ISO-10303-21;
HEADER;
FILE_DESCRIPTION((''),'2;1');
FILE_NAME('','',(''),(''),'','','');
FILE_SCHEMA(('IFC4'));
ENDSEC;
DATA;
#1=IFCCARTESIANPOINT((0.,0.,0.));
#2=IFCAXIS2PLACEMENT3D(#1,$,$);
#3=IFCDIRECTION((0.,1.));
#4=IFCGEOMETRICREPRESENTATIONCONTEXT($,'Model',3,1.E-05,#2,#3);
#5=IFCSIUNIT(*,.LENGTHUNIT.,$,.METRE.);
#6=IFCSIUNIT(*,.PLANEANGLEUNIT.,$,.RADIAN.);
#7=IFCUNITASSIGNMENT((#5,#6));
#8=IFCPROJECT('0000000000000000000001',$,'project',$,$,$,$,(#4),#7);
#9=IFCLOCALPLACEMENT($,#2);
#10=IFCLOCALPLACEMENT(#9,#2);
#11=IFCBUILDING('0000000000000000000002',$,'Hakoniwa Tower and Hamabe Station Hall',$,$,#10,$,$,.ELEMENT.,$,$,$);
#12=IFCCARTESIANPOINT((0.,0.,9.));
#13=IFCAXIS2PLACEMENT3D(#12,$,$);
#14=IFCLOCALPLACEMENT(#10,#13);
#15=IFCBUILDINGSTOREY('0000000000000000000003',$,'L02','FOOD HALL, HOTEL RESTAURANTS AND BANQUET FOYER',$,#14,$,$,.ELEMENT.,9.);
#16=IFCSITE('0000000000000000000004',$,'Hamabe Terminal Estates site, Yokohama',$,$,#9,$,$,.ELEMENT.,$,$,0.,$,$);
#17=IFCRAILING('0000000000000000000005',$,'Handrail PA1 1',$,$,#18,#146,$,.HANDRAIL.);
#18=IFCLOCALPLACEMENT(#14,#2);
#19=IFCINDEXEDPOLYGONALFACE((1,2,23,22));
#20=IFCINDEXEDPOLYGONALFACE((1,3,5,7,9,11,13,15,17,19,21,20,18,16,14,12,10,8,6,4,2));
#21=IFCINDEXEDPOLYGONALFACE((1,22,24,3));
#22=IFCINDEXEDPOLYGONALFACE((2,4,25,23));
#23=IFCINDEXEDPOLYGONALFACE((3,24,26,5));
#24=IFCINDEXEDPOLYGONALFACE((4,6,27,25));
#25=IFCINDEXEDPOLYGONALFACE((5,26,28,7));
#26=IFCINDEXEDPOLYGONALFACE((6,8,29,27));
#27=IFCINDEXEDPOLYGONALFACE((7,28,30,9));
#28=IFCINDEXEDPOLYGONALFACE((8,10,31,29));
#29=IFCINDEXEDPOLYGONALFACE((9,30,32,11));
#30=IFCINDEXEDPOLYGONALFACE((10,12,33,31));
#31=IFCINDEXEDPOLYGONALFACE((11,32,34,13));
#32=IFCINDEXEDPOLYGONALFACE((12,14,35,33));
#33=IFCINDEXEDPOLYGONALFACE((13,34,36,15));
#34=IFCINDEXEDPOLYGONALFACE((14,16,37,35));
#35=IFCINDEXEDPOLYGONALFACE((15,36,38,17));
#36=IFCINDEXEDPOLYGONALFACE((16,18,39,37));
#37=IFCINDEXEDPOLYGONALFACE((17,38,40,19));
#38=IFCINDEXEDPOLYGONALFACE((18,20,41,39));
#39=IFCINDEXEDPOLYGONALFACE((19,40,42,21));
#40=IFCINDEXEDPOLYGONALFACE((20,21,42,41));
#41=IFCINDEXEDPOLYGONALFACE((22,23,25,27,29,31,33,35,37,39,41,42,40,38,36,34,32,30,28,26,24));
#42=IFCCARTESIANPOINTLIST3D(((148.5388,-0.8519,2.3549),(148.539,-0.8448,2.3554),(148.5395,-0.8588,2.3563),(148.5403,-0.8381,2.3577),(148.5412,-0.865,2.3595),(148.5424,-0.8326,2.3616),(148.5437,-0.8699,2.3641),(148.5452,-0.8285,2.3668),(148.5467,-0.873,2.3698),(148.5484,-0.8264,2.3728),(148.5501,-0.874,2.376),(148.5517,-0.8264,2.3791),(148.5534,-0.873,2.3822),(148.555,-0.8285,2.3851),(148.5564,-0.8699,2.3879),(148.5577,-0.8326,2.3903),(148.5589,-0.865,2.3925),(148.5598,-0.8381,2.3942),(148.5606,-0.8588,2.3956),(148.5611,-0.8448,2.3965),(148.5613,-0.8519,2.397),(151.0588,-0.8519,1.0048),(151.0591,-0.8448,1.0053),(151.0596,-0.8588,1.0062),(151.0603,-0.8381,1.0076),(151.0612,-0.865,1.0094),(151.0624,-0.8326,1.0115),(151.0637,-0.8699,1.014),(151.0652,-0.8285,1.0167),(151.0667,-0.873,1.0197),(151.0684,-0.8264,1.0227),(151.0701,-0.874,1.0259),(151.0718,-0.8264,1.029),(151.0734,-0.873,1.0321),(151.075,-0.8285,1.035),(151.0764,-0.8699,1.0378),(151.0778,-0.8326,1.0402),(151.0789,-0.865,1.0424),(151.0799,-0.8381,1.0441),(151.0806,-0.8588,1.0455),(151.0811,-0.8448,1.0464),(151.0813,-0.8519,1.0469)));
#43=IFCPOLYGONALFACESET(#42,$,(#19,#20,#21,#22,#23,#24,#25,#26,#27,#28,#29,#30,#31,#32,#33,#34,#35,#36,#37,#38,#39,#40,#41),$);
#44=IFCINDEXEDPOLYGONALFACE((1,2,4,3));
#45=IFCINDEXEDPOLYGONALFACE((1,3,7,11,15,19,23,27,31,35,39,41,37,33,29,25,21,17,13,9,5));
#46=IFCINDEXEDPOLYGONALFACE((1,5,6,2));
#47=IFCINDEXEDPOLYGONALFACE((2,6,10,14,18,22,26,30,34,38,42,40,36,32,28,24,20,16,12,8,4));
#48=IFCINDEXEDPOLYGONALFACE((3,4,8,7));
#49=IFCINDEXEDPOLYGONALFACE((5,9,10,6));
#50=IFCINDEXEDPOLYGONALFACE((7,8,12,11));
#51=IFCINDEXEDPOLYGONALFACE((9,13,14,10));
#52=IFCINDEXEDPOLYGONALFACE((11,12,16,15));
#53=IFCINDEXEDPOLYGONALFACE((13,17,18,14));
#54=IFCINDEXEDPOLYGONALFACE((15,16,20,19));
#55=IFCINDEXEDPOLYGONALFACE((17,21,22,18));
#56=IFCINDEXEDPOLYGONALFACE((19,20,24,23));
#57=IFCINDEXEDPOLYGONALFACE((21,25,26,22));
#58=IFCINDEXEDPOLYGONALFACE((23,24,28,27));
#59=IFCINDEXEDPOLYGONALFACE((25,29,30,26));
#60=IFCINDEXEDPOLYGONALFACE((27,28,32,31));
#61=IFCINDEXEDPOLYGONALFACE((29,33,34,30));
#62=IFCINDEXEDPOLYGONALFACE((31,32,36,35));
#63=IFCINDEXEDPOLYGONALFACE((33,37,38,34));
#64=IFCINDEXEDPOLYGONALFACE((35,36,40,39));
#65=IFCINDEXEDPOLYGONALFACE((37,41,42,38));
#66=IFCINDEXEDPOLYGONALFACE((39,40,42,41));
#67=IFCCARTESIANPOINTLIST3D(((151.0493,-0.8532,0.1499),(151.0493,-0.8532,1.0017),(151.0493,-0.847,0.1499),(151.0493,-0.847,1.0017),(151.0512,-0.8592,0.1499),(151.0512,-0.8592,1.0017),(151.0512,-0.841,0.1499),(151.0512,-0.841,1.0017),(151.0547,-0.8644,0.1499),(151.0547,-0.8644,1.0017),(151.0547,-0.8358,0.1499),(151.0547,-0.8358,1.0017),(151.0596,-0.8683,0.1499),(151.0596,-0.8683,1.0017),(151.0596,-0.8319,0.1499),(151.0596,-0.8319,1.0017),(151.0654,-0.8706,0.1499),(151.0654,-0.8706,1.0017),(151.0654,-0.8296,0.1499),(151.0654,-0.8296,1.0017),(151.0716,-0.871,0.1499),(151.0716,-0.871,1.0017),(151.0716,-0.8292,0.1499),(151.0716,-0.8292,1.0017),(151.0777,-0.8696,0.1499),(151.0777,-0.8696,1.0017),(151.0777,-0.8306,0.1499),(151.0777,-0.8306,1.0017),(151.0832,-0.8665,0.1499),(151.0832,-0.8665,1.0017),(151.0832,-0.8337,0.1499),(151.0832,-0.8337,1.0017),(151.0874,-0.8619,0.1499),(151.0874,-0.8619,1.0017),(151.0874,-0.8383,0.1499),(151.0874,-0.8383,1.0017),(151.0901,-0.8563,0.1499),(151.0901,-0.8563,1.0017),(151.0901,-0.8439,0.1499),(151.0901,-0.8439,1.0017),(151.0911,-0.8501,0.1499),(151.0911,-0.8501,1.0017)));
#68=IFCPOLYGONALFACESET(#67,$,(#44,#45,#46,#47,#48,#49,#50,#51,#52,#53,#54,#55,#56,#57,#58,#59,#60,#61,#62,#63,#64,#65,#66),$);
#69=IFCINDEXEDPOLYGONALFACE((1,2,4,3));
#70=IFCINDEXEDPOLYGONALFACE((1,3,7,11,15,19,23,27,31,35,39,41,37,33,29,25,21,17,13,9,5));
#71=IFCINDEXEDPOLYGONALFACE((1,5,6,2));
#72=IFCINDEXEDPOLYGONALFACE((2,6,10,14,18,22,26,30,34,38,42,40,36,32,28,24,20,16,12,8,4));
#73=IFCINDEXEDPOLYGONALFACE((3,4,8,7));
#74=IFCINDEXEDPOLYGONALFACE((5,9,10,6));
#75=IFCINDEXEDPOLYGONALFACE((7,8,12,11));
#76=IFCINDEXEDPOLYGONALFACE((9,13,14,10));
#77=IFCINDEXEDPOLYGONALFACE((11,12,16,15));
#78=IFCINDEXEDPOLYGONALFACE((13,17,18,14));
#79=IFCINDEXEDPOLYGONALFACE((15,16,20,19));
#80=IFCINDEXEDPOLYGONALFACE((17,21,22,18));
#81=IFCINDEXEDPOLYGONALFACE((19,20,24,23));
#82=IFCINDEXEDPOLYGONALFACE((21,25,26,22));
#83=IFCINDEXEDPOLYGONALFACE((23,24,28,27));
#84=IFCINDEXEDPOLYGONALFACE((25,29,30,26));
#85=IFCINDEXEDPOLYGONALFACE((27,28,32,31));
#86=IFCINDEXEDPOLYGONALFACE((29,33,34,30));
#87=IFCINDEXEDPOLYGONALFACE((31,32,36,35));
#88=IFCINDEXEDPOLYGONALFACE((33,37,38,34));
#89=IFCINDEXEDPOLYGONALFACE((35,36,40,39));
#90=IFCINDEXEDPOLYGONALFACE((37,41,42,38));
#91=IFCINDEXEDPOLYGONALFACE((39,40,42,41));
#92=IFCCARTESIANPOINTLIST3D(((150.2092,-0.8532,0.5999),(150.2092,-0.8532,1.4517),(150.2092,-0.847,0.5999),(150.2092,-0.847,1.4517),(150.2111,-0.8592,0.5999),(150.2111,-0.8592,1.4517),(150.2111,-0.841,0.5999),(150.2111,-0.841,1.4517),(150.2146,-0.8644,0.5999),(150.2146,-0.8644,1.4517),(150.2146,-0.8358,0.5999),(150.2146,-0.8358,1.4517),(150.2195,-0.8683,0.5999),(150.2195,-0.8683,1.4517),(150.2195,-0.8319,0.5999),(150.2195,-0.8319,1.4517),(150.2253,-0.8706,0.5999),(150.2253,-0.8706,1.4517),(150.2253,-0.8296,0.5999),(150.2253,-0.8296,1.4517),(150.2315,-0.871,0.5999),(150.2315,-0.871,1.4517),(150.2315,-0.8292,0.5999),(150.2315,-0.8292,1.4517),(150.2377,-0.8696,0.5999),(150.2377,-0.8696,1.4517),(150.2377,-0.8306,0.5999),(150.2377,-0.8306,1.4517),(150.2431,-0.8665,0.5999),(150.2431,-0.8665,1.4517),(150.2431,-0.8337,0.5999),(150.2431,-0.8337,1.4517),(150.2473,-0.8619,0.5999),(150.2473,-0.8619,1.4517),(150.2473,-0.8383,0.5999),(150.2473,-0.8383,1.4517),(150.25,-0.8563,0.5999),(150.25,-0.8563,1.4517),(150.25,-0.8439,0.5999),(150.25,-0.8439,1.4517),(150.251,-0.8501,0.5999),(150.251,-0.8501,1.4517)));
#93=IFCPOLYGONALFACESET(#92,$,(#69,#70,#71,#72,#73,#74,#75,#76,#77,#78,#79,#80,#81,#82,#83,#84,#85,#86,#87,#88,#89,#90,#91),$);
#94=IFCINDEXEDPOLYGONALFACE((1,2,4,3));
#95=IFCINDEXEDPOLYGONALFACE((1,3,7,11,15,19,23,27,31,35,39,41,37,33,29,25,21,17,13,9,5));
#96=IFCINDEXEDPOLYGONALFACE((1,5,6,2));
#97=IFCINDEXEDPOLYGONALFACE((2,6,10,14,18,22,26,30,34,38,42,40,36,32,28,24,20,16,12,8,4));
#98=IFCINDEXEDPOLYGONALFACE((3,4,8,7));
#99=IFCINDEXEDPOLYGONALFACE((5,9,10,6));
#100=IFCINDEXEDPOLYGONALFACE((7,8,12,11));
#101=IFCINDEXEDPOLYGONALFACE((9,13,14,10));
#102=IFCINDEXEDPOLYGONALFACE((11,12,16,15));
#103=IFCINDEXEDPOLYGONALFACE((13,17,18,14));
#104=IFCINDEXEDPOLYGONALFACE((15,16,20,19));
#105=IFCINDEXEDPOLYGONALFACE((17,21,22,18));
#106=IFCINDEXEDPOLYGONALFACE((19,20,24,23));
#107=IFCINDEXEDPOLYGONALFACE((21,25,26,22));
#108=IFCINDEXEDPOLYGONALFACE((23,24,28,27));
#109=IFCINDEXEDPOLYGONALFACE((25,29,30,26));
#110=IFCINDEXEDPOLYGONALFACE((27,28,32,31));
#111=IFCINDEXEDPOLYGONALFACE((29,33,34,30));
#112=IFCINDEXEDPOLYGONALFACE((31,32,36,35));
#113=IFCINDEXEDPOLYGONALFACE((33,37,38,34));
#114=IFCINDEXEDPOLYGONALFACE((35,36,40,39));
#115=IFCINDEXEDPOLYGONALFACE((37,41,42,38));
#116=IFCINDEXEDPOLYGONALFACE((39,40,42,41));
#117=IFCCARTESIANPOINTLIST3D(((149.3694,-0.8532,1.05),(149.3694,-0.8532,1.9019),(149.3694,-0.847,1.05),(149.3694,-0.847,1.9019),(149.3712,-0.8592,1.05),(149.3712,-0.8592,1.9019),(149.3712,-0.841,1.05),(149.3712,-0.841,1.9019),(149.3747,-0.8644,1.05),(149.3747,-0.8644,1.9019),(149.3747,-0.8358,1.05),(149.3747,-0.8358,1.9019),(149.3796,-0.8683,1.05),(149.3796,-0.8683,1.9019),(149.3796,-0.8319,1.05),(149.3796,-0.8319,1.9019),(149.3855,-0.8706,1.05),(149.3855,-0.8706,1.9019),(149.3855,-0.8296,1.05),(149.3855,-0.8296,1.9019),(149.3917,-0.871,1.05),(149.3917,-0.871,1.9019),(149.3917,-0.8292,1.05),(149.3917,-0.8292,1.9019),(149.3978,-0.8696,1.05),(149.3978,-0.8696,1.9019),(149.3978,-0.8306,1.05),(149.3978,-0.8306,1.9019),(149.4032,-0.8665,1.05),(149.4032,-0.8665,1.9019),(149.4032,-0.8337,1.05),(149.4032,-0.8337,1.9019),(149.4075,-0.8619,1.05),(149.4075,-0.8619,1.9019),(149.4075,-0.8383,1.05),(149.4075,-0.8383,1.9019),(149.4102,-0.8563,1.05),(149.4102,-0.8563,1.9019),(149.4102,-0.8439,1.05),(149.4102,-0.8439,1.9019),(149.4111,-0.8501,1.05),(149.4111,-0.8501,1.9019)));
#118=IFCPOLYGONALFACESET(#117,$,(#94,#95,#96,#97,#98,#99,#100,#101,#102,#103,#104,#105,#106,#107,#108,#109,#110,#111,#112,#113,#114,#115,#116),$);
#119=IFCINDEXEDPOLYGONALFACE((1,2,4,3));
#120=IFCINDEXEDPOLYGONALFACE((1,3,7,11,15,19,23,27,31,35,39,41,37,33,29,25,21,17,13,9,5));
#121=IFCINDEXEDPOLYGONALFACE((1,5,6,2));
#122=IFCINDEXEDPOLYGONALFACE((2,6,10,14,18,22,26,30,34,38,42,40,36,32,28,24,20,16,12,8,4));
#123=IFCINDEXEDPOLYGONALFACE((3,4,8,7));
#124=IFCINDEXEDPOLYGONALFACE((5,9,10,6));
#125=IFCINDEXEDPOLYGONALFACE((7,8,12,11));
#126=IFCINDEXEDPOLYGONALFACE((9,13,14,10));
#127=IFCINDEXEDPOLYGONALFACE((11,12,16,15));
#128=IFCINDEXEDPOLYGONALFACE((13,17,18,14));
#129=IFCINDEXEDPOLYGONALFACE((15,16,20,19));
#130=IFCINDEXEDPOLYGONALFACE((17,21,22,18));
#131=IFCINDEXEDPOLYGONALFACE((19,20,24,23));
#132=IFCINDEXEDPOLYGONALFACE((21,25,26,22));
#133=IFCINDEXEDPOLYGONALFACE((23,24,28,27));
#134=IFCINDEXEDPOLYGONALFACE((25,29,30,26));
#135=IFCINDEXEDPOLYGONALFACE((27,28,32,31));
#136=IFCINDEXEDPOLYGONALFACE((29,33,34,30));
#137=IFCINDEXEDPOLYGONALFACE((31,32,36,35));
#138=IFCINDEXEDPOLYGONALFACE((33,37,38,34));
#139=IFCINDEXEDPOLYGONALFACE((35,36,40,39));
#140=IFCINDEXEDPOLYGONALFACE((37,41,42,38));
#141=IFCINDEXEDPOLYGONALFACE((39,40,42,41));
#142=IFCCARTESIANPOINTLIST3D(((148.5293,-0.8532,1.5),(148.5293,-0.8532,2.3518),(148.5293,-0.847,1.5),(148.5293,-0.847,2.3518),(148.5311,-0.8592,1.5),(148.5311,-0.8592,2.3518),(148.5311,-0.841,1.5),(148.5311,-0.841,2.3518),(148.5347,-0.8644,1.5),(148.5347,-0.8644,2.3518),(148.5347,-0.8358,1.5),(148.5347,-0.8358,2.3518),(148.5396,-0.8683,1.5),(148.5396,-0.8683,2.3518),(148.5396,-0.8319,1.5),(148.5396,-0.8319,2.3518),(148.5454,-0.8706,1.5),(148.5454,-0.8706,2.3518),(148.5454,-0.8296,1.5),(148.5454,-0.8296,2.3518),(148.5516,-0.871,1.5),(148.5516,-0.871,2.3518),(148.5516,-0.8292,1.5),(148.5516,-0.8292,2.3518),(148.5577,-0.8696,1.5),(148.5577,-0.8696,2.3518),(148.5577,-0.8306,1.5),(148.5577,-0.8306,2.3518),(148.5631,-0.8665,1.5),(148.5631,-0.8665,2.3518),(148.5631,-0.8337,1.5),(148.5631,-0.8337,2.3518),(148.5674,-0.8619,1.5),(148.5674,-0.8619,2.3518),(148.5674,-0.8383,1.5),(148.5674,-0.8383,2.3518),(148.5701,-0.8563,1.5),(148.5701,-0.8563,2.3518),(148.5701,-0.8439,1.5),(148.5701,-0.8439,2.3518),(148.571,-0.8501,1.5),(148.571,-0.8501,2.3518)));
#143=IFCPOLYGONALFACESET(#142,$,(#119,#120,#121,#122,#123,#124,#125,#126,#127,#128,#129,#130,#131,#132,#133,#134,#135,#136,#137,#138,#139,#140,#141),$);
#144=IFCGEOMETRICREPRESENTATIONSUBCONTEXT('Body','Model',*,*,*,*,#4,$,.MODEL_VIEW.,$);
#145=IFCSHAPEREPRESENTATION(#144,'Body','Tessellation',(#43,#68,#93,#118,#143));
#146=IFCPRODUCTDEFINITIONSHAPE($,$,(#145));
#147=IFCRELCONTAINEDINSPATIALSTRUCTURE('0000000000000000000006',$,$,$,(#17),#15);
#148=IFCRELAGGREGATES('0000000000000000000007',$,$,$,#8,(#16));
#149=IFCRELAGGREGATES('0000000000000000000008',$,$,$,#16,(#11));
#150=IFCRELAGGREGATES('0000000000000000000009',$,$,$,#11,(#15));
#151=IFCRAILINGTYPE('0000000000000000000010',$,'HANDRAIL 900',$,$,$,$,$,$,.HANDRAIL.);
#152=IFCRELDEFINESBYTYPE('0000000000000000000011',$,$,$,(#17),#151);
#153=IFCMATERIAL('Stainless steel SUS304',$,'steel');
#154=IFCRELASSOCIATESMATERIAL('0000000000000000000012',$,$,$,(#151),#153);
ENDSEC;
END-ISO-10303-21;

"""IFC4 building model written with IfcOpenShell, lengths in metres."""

from ifc_helpers import new_model, si_unit, direction, frame, origin, origin_2d, place, context, subcontext, project, spatial, circle, extrude, material, type_object, element, save


model = new_model("IFC4")

# Units and contexts
model_context = context("Model", 3, precision=1e-05, world=origin(), true_north=direction((0.0, 1.0)))
body_context = subcontext(model_context, "Body", "Model", "MODEL_VIEW")
ifc_project = project(units=[si_unit("LENGTHUNIT", "METRE"), si_unit("PLANEANGLEUNIT", "RADIAN")], contexts=[model_context])

# Site, building, storey
site_placement = place(None, origin())
site = spatial("IfcSite", under=ifc_project, at=site_placement, Name="Hamabe Terminal Estates site, Yokohama", CompositionType="ELEMENT", RefElevation=0.0)
building_placement = place(site_placement, origin())
building = spatial("IfcBuilding", under=site, at=building_placement, Name="Hakoniwa Tower and Hamabe Station Hall", CompositionType="ELEMENT")
storey_placement = place(building_placement, frame((0.0, 0.0, 9.0)))
storey = spatial("IfcBuildingStorey", under=building, at=storey_placement, Name="L02", Description="FOOD HALL, HOTEL RESTAURANTS AND BANQUET FOYER", CompositionType="ELEMENT", Elevation=9.0)

# Railing
ifc_material_1 = material(Name="Stainless steel SUS304", Category="steel")
railing_type_1 = type_object("IfcRailingType", Name="HANDRAIL 900", PredefinedType="HANDRAIL", material=ifc_material_1)
for number, where, name in (
    (1, (151.0701, -0.8501, 0.1499), "Handrail PA1 1"),
):
    element("IfcRailing", number, at=place(storey_placement, frame(where)), inside=storey, type_object=railing_type_1, Name=name, PredefinedType="HANDRAIL", context=body_context, shape_type="SweptSolid", body=[
        extrude(circle(Radius=0.0239, at=origin_2d()), frame((0.0, 0.0, 0.876), z_axis=(-0.881467, 0.0, 0.472245), x_axis=(0.0, -1.0, 0.0)), (0.0, 0.0, 1.0), 2.8589),
        extrude(circle(Radius=0.021, at=origin_2d()), origin(), (0.0, 0.0, 1.0), 0.8518),
        extrude(circle(Radius=0.021, at=origin_2d()), frame((-0.8401, 0.0, 0.45)), (0.0, 0.0, 1.0), 0.8518),
        extrude(circle(Radius=0.021, at=origin_2d()), frame((-1.6799, 0.0, 0.9001)), (0.0, 0.0, 1.0), 0.8518),
        extrude(circle(Radius=0.021, at=origin_2d()), frame((-2.52, 0.0, 1.3501)), (0.0, 0.0, 1.0), 0.8518),
    ])

save(model, "model.ifc")
